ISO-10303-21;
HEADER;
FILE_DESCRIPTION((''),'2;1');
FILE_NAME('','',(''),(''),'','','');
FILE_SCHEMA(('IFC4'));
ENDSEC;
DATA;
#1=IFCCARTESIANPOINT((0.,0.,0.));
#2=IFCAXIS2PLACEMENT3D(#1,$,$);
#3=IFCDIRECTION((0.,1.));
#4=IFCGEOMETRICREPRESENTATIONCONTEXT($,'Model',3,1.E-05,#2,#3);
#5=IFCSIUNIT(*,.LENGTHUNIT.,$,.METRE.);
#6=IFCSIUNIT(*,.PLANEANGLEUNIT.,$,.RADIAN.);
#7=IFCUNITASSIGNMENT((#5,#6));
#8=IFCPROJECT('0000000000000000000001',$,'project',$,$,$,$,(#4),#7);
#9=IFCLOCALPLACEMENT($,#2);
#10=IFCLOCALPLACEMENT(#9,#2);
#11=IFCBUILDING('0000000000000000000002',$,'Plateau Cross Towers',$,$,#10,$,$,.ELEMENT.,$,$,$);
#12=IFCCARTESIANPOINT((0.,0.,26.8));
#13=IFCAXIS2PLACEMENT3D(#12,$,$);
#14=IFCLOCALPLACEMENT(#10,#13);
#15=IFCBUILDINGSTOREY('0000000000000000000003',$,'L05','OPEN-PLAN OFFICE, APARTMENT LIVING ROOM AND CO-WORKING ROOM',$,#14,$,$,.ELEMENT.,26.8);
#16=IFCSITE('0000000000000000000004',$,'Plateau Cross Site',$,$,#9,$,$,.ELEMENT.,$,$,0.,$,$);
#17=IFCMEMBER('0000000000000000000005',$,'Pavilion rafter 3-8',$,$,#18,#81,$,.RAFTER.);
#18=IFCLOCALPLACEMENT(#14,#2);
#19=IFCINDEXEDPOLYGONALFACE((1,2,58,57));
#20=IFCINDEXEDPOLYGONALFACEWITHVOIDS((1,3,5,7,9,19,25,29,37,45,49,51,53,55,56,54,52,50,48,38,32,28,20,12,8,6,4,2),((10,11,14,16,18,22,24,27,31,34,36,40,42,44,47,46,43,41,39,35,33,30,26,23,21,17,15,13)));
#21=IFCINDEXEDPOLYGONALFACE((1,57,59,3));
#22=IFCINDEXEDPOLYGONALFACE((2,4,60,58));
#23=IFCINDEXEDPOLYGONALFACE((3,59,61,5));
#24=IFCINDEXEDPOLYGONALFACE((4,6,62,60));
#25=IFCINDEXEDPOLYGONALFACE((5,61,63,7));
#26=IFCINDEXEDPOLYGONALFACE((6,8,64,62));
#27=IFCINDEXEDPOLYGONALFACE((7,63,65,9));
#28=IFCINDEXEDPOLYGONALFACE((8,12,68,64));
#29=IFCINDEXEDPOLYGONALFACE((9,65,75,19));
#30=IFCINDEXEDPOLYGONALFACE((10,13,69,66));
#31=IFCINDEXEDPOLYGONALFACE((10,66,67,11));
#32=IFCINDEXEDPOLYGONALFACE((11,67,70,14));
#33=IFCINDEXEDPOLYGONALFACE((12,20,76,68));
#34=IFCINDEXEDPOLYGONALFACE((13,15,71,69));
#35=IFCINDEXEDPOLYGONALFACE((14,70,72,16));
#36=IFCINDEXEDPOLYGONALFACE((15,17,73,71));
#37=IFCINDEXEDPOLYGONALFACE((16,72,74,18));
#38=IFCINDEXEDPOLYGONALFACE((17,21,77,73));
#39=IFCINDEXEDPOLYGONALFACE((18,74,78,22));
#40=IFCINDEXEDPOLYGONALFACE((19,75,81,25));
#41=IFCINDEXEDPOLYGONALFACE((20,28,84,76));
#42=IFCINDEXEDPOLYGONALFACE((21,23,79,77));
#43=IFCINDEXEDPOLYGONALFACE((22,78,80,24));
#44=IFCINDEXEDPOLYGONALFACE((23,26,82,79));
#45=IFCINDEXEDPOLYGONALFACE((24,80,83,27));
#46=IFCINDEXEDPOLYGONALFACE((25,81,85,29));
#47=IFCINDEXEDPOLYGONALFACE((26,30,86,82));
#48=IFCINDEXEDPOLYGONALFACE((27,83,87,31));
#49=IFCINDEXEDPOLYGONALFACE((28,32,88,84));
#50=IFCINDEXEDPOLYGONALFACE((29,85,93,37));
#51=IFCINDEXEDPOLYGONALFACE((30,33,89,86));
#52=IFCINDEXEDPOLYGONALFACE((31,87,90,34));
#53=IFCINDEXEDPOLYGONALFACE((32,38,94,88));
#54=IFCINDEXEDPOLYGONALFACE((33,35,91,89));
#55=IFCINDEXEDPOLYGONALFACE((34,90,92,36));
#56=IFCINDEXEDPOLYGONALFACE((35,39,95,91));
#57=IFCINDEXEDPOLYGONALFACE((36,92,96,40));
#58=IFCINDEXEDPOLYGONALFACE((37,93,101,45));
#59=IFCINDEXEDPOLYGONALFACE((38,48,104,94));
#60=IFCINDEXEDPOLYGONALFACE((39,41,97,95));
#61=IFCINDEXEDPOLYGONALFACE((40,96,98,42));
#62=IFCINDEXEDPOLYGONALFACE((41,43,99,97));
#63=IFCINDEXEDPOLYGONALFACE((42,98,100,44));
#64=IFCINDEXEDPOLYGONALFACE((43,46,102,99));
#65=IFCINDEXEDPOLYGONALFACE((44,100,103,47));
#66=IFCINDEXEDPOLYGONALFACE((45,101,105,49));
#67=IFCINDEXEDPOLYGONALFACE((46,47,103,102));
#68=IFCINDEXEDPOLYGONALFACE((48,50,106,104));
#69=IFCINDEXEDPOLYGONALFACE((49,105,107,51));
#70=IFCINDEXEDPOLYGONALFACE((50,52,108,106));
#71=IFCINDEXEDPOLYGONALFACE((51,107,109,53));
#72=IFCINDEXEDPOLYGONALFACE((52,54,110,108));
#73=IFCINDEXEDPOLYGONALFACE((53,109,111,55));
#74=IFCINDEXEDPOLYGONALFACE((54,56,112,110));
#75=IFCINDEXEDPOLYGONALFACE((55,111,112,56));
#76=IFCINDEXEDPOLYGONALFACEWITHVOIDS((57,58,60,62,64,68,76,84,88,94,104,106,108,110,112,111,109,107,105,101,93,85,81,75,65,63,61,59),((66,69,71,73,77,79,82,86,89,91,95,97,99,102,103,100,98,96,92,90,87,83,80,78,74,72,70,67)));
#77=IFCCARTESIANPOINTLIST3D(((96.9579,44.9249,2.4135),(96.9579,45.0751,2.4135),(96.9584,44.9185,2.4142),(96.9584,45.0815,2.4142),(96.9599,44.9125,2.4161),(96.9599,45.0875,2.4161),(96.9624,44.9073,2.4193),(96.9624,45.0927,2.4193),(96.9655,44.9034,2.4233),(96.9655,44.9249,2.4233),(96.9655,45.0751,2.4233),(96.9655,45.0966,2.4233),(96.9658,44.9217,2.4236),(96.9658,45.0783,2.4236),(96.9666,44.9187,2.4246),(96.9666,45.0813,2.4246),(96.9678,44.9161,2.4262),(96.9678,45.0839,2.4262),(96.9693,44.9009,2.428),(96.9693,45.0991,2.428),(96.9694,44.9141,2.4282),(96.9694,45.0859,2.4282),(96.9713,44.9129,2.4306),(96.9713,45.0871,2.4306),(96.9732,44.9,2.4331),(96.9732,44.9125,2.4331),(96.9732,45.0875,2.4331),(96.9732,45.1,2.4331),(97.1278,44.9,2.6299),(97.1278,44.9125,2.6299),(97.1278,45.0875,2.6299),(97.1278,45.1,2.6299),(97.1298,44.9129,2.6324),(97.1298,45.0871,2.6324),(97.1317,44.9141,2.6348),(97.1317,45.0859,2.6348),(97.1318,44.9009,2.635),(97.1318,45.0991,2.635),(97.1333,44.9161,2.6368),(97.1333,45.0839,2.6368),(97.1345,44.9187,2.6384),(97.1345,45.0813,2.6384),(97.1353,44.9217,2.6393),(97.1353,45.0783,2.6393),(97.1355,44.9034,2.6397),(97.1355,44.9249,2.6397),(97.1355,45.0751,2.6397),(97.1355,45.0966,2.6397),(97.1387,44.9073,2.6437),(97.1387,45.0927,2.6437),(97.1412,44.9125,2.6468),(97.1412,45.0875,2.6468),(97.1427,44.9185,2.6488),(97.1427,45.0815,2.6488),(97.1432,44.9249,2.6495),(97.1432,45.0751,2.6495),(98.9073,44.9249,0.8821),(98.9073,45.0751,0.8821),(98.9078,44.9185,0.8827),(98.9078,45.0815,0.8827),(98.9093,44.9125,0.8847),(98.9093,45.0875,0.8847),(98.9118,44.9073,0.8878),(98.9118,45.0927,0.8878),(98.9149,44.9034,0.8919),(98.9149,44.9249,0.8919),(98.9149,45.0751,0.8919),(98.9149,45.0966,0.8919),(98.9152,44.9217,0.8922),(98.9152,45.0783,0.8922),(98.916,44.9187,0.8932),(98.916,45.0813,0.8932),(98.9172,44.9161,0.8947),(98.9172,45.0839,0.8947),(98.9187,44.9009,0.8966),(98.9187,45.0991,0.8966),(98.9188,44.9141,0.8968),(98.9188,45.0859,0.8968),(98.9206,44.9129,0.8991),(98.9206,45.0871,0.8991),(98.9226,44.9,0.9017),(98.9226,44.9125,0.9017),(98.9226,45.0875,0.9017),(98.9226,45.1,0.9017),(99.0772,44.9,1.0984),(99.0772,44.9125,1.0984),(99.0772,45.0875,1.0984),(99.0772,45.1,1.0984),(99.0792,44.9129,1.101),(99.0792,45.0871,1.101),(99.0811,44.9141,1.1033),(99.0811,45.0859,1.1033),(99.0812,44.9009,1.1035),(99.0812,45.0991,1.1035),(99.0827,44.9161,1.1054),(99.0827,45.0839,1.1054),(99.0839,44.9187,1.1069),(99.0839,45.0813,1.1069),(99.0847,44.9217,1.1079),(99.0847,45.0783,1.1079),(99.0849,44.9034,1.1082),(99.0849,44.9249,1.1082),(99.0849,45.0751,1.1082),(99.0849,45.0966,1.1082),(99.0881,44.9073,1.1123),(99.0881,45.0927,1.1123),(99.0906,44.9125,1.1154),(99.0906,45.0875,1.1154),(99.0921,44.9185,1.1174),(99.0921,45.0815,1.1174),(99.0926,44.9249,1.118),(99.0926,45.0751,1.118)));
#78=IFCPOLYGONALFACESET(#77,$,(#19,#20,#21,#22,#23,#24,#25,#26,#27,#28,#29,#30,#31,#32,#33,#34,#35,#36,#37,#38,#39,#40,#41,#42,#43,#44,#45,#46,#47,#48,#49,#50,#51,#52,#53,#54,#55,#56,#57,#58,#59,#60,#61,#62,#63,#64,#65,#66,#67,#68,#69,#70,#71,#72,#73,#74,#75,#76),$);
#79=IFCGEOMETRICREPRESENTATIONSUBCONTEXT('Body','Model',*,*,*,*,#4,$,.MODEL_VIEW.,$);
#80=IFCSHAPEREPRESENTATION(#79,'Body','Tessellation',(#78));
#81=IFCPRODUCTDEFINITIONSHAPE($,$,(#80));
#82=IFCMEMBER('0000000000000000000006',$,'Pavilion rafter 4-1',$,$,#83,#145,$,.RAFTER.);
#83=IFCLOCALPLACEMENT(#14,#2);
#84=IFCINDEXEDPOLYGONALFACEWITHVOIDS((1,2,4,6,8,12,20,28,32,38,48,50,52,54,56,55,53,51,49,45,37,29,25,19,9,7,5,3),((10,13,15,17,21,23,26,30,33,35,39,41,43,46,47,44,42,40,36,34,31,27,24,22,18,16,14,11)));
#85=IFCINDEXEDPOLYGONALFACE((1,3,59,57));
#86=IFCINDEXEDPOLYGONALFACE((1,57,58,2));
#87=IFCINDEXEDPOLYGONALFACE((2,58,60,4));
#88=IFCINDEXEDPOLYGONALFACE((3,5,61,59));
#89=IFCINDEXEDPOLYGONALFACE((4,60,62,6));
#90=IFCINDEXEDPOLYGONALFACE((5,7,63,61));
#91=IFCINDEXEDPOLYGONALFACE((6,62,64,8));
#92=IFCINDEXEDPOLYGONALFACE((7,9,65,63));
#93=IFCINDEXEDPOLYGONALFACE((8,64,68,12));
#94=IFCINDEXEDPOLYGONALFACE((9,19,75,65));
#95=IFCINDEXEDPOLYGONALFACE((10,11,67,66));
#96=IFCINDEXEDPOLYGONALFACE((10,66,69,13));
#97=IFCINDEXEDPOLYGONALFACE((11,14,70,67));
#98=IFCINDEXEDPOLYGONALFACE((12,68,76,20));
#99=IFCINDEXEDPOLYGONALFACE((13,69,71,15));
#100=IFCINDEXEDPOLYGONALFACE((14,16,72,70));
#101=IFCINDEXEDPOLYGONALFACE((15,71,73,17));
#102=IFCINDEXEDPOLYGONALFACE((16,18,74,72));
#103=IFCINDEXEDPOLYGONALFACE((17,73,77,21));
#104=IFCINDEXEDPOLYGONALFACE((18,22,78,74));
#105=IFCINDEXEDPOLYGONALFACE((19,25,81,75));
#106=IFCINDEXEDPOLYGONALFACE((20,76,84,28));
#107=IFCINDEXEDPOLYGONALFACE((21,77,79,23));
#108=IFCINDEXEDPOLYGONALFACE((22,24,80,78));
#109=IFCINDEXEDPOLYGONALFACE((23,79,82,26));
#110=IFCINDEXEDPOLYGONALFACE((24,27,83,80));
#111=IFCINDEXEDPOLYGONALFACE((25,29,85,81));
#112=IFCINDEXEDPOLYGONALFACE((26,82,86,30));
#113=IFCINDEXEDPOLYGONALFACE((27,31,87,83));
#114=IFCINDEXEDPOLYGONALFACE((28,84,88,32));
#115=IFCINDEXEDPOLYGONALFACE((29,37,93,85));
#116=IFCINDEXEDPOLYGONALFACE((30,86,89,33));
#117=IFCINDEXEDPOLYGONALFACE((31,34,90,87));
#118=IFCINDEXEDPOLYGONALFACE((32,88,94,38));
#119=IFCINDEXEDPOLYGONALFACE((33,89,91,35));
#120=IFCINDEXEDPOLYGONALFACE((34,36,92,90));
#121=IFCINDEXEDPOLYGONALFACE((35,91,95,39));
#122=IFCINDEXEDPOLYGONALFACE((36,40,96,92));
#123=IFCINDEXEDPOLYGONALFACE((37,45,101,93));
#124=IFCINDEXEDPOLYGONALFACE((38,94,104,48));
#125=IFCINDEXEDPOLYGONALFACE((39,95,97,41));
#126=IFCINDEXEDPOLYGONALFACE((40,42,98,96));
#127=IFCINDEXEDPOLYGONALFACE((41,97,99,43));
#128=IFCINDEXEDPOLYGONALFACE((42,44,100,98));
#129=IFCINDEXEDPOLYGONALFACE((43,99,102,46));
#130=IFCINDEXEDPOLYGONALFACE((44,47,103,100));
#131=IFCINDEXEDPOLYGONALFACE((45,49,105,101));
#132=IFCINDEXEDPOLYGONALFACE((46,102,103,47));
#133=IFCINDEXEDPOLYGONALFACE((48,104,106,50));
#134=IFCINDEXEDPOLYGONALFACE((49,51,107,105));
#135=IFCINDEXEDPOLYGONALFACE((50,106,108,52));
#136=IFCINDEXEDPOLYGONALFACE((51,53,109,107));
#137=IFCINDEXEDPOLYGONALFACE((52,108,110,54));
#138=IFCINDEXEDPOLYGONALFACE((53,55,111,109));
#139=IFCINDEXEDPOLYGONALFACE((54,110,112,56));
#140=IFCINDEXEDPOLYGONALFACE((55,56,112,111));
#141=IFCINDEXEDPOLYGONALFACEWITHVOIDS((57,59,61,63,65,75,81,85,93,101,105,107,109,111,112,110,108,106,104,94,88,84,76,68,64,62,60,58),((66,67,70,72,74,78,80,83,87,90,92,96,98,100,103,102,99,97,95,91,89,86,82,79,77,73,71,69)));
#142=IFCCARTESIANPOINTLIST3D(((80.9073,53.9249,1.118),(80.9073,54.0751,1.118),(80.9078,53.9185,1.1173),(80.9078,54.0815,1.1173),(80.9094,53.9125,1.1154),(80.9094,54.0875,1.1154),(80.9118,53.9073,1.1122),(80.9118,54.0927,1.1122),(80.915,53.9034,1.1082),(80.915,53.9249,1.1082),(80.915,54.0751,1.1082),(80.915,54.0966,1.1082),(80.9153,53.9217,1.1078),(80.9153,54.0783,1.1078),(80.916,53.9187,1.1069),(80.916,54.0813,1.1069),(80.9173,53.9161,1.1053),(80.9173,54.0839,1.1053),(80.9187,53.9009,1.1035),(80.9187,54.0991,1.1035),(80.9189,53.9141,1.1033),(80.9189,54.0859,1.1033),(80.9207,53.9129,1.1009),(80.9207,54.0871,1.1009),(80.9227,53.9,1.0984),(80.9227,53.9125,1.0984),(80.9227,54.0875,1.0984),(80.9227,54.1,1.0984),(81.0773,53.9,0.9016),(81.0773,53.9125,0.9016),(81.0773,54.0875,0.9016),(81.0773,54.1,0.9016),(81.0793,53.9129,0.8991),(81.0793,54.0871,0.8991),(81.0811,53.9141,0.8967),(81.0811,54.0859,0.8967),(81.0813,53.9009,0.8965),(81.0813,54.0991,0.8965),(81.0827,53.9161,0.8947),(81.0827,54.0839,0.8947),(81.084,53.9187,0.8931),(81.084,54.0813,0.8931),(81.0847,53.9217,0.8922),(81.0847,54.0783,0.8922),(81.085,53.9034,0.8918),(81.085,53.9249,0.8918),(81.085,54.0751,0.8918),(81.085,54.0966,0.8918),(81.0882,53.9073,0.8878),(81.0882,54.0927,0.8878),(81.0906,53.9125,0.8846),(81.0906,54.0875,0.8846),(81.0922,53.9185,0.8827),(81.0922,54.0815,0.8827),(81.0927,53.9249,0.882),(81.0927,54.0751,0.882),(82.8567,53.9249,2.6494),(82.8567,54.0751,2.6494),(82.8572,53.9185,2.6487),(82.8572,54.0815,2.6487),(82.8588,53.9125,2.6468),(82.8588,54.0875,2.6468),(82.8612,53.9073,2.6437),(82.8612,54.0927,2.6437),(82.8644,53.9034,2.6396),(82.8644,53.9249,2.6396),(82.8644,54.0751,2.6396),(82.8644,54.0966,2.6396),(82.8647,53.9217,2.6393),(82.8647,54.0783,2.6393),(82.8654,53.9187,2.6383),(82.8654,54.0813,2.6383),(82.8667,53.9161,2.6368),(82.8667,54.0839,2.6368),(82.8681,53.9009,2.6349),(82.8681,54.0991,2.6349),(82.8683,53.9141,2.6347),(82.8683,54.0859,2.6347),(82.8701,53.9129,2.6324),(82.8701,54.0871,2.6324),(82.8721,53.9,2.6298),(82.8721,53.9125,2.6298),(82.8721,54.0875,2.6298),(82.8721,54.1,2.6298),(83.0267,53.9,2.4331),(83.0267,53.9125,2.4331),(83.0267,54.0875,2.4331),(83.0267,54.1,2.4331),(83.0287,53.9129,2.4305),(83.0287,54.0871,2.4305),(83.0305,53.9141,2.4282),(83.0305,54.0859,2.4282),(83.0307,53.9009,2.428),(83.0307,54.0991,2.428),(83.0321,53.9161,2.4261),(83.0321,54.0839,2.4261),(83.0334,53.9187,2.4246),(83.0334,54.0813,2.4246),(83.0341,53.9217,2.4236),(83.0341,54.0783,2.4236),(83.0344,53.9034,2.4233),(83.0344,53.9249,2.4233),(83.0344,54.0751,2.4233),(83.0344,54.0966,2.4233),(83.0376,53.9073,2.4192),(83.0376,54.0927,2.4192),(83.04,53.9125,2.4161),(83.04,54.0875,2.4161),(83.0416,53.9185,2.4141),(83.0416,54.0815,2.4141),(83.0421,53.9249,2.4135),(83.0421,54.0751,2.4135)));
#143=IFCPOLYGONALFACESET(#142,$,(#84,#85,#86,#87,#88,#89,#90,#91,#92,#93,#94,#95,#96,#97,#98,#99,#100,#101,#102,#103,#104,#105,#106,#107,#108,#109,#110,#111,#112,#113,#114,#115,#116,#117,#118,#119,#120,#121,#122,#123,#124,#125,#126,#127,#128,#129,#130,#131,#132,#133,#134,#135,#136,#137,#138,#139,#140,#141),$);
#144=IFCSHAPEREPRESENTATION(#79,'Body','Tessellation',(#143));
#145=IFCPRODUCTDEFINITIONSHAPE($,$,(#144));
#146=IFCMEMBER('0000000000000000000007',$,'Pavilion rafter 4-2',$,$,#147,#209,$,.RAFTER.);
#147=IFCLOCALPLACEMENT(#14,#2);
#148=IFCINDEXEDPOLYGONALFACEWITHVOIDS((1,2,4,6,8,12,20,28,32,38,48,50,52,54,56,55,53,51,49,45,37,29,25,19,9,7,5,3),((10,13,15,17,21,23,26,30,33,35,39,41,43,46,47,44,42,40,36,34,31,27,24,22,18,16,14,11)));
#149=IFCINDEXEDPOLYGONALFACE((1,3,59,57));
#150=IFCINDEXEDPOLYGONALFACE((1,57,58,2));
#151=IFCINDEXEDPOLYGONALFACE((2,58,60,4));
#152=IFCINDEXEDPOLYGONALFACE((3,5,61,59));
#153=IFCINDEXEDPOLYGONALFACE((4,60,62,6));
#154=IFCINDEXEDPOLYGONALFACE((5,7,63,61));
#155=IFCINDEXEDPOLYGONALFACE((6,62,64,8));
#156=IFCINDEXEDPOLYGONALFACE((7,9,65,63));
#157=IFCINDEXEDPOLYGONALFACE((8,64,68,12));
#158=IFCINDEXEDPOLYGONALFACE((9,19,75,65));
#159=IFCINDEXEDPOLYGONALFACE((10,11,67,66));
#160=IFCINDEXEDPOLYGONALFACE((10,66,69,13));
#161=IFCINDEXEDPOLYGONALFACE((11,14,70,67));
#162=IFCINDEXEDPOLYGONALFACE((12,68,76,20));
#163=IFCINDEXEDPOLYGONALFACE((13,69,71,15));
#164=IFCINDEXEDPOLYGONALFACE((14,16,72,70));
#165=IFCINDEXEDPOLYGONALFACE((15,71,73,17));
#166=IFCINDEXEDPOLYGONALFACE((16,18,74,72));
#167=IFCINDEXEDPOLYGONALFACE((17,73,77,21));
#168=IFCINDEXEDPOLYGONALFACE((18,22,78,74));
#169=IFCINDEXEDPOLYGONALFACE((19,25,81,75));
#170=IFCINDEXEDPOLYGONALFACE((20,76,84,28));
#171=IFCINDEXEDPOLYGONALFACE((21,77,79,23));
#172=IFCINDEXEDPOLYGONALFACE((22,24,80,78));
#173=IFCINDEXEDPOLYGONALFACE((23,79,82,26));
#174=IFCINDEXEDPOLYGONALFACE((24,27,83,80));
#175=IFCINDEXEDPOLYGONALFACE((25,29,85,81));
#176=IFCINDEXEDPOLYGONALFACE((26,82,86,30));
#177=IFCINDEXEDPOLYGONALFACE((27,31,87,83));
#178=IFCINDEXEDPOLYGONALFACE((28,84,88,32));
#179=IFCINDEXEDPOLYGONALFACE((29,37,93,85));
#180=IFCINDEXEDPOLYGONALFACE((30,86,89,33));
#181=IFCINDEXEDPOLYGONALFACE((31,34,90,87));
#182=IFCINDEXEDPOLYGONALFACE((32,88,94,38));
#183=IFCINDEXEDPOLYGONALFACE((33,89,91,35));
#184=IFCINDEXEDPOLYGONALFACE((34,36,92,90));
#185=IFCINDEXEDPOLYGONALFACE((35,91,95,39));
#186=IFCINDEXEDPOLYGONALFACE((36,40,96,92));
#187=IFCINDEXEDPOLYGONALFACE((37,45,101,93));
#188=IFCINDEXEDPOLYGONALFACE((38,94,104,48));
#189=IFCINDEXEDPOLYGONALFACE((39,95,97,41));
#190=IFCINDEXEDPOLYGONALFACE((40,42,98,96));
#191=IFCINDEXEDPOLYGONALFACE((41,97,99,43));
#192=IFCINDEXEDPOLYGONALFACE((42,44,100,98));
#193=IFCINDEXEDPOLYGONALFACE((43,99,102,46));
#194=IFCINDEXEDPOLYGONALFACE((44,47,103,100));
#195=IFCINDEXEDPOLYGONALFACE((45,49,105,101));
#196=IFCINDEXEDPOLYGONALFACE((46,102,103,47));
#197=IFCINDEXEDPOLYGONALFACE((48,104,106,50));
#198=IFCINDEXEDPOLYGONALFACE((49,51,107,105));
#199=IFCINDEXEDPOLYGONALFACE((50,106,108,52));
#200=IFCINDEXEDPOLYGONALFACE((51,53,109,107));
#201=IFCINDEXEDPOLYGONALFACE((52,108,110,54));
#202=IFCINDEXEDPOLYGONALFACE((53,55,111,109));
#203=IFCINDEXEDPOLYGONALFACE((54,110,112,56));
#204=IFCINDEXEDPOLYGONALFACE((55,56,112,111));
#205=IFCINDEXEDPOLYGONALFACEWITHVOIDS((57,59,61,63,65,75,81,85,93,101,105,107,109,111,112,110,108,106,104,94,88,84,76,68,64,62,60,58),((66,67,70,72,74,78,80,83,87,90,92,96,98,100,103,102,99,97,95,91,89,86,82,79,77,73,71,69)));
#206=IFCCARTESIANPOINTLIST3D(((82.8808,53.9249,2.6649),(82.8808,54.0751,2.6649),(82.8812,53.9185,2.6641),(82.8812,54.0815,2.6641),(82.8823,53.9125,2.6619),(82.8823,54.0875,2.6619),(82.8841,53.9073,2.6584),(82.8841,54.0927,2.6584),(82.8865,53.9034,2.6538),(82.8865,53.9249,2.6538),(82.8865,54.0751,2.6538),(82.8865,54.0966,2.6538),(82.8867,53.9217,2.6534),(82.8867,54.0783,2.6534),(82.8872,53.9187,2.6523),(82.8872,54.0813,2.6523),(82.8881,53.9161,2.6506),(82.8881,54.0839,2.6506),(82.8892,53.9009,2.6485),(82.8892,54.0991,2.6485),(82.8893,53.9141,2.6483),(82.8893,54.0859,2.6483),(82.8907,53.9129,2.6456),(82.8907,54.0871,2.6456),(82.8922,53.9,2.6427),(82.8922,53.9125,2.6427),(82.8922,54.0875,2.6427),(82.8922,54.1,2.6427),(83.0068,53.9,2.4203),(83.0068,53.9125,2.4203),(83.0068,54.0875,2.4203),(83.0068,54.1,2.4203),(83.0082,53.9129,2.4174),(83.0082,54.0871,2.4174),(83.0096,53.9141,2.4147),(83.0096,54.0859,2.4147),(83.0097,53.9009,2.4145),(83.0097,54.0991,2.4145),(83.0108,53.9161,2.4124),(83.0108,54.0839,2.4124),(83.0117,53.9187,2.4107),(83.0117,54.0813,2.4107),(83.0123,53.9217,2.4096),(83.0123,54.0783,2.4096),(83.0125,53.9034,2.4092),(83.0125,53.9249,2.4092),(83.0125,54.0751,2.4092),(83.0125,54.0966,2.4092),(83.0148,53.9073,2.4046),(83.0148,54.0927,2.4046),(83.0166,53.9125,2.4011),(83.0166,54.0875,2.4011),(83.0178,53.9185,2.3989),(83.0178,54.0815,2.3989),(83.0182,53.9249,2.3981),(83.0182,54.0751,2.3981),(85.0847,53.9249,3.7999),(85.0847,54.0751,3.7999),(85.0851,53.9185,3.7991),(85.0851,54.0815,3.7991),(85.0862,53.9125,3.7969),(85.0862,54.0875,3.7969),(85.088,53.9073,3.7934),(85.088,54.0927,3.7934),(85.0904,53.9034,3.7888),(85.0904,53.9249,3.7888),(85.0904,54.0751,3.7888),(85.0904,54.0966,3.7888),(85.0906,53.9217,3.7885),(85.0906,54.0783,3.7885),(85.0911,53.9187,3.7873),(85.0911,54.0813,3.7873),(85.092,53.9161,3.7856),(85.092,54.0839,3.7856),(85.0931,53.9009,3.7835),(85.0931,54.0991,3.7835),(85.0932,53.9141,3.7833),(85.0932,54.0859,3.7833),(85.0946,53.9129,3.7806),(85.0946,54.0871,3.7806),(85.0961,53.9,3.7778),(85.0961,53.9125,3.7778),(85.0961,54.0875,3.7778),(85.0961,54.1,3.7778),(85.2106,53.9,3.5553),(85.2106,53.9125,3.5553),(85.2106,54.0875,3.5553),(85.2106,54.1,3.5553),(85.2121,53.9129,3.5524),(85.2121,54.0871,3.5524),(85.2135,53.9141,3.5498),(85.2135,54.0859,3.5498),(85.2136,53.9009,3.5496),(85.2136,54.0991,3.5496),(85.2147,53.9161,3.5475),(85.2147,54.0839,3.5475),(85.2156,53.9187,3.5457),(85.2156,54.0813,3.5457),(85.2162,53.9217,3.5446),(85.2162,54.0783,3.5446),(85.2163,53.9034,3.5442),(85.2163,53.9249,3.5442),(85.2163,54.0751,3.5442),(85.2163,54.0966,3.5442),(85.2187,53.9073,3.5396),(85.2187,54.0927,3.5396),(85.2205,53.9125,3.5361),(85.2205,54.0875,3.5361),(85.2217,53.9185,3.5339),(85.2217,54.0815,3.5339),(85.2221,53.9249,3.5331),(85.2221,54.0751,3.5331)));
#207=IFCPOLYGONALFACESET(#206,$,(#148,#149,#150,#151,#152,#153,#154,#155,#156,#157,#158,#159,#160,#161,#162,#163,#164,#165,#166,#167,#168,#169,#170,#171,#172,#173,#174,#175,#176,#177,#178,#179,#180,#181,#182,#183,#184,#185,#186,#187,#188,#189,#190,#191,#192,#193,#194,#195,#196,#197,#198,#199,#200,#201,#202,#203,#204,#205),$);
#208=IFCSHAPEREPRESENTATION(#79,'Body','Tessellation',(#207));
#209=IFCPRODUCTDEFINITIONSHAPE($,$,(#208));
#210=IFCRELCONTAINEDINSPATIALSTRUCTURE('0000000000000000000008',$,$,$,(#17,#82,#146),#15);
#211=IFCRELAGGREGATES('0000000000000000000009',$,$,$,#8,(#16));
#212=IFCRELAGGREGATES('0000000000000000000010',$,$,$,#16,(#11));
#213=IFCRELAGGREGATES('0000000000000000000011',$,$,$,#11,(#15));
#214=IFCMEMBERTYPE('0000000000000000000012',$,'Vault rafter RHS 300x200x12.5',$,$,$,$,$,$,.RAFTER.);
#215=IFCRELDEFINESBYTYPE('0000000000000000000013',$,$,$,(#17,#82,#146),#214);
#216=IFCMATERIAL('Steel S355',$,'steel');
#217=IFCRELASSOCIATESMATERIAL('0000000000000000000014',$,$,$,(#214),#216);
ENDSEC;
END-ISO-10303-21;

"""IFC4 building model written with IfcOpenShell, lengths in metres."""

from ifc_helpers import new_model, si_unit, direction, frame, origin, origin_2d, place, context, subcontext, project, spatial, hollow_rectangle, extrude, material, material_profile, profile_set, type_object, element, save


model = new_model("IFC4")

# Units and contexts
model_context = context("Model", 3, precision=1e-05, world=origin(), true_north=direction((0.0, 1.0)))
body_context = subcontext(model_context, "Body", "Model", "MODEL_VIEW")
ifc_project = project(units=[si_unit("LENGTHUNIT", "METRE"), si_unit("PLANEANGLEUNIT", "RADIAN")], contexts=[model_context])

# Site, building, storey
site_placement = place(None, origin())
site = spatial("IfcSite", under=ifc_project, at=site_placement, Name="Plateau Cross Site", CompositionType="ELEMENT", RefElevation=0.0)
building_placement = place(site_placement, origin())
building = spatial("IfcBuilding", under=site, at=building_placement, Name="Plateau Cross Towers", CompositionType="ELEMENT")
storey_placement = place(building_placement, frame((0.0, 0.0, 26.8)))
storey = spatial("IfcBuildingStorey", under=building, at=storey_placement, Name="L05", Description="OPEN-PLAN OFFICE, APARTMENT LIVING ROOM AND CO-WORKING ROOM", CompositionType="ELEMENT", Elevation=26.8)

# Shared definitions
ifc_material_1 = material(Name="Steel S355", Category="steel")

# Members
ifc_material_profile_1 = material_profile(ifc_material_1, hollow_rectangle(XDim=0.2, YDim=0.3, WallThickness=0.0125, InnerFilletRadius=0.0125, OuterFilletRadius=0.0249, at=origin_2d()), Name="RHS 300x200x12.5")
ifc_profile_set_1 = profile_set([ifc_material_profile_1], Name="Steel S355")
member_type = type_object("IfcMemberType", Name="Vault rafter RHS 300x200x12.5", PredefinedType="RAFTER", material=ifc_profile_set_1)
for number, where, z_axis, x_axis, name in (
    (1, (97.0505, 45.0, 2.5315), (0.786363, 0.0, -0.617765), (0.0, 1.0, 0.0), "Pavilion rafter 3-8"),
    (2, (81.0, 54.0, 1.0), (0.786363, 0.0, 0.617765), (0.0, 1.0, 0.0), "Pavilion rafter 4-1"),
    (3, (82.9495, 54.0, 2.5315), (0.889026, 0.0, 0.457858), (0.0, 1.0, 0.0), "Pavilion rafter 4-2"),
):
    element("IfcMember", number, at=place(storey_placement, frame(where, z_axis=z_axis, x_axis=x_axis)), inside=storey, type_object=member_type, Name=name, PredefinedType="RAFTER", context=body_context, shape_type="SweptSolid", body=[
        extrude(hollow_rectangle(XDim=0.2, YDim=0.3, WallThickness=0.0125, InnerFilletRadius=0.0125, OuterFilletRadius=0.0249, at=origin_2d()), origin(), (0.0, 0.0, 1.0), 2.479),
    ])

save(model, "model.ifc")
